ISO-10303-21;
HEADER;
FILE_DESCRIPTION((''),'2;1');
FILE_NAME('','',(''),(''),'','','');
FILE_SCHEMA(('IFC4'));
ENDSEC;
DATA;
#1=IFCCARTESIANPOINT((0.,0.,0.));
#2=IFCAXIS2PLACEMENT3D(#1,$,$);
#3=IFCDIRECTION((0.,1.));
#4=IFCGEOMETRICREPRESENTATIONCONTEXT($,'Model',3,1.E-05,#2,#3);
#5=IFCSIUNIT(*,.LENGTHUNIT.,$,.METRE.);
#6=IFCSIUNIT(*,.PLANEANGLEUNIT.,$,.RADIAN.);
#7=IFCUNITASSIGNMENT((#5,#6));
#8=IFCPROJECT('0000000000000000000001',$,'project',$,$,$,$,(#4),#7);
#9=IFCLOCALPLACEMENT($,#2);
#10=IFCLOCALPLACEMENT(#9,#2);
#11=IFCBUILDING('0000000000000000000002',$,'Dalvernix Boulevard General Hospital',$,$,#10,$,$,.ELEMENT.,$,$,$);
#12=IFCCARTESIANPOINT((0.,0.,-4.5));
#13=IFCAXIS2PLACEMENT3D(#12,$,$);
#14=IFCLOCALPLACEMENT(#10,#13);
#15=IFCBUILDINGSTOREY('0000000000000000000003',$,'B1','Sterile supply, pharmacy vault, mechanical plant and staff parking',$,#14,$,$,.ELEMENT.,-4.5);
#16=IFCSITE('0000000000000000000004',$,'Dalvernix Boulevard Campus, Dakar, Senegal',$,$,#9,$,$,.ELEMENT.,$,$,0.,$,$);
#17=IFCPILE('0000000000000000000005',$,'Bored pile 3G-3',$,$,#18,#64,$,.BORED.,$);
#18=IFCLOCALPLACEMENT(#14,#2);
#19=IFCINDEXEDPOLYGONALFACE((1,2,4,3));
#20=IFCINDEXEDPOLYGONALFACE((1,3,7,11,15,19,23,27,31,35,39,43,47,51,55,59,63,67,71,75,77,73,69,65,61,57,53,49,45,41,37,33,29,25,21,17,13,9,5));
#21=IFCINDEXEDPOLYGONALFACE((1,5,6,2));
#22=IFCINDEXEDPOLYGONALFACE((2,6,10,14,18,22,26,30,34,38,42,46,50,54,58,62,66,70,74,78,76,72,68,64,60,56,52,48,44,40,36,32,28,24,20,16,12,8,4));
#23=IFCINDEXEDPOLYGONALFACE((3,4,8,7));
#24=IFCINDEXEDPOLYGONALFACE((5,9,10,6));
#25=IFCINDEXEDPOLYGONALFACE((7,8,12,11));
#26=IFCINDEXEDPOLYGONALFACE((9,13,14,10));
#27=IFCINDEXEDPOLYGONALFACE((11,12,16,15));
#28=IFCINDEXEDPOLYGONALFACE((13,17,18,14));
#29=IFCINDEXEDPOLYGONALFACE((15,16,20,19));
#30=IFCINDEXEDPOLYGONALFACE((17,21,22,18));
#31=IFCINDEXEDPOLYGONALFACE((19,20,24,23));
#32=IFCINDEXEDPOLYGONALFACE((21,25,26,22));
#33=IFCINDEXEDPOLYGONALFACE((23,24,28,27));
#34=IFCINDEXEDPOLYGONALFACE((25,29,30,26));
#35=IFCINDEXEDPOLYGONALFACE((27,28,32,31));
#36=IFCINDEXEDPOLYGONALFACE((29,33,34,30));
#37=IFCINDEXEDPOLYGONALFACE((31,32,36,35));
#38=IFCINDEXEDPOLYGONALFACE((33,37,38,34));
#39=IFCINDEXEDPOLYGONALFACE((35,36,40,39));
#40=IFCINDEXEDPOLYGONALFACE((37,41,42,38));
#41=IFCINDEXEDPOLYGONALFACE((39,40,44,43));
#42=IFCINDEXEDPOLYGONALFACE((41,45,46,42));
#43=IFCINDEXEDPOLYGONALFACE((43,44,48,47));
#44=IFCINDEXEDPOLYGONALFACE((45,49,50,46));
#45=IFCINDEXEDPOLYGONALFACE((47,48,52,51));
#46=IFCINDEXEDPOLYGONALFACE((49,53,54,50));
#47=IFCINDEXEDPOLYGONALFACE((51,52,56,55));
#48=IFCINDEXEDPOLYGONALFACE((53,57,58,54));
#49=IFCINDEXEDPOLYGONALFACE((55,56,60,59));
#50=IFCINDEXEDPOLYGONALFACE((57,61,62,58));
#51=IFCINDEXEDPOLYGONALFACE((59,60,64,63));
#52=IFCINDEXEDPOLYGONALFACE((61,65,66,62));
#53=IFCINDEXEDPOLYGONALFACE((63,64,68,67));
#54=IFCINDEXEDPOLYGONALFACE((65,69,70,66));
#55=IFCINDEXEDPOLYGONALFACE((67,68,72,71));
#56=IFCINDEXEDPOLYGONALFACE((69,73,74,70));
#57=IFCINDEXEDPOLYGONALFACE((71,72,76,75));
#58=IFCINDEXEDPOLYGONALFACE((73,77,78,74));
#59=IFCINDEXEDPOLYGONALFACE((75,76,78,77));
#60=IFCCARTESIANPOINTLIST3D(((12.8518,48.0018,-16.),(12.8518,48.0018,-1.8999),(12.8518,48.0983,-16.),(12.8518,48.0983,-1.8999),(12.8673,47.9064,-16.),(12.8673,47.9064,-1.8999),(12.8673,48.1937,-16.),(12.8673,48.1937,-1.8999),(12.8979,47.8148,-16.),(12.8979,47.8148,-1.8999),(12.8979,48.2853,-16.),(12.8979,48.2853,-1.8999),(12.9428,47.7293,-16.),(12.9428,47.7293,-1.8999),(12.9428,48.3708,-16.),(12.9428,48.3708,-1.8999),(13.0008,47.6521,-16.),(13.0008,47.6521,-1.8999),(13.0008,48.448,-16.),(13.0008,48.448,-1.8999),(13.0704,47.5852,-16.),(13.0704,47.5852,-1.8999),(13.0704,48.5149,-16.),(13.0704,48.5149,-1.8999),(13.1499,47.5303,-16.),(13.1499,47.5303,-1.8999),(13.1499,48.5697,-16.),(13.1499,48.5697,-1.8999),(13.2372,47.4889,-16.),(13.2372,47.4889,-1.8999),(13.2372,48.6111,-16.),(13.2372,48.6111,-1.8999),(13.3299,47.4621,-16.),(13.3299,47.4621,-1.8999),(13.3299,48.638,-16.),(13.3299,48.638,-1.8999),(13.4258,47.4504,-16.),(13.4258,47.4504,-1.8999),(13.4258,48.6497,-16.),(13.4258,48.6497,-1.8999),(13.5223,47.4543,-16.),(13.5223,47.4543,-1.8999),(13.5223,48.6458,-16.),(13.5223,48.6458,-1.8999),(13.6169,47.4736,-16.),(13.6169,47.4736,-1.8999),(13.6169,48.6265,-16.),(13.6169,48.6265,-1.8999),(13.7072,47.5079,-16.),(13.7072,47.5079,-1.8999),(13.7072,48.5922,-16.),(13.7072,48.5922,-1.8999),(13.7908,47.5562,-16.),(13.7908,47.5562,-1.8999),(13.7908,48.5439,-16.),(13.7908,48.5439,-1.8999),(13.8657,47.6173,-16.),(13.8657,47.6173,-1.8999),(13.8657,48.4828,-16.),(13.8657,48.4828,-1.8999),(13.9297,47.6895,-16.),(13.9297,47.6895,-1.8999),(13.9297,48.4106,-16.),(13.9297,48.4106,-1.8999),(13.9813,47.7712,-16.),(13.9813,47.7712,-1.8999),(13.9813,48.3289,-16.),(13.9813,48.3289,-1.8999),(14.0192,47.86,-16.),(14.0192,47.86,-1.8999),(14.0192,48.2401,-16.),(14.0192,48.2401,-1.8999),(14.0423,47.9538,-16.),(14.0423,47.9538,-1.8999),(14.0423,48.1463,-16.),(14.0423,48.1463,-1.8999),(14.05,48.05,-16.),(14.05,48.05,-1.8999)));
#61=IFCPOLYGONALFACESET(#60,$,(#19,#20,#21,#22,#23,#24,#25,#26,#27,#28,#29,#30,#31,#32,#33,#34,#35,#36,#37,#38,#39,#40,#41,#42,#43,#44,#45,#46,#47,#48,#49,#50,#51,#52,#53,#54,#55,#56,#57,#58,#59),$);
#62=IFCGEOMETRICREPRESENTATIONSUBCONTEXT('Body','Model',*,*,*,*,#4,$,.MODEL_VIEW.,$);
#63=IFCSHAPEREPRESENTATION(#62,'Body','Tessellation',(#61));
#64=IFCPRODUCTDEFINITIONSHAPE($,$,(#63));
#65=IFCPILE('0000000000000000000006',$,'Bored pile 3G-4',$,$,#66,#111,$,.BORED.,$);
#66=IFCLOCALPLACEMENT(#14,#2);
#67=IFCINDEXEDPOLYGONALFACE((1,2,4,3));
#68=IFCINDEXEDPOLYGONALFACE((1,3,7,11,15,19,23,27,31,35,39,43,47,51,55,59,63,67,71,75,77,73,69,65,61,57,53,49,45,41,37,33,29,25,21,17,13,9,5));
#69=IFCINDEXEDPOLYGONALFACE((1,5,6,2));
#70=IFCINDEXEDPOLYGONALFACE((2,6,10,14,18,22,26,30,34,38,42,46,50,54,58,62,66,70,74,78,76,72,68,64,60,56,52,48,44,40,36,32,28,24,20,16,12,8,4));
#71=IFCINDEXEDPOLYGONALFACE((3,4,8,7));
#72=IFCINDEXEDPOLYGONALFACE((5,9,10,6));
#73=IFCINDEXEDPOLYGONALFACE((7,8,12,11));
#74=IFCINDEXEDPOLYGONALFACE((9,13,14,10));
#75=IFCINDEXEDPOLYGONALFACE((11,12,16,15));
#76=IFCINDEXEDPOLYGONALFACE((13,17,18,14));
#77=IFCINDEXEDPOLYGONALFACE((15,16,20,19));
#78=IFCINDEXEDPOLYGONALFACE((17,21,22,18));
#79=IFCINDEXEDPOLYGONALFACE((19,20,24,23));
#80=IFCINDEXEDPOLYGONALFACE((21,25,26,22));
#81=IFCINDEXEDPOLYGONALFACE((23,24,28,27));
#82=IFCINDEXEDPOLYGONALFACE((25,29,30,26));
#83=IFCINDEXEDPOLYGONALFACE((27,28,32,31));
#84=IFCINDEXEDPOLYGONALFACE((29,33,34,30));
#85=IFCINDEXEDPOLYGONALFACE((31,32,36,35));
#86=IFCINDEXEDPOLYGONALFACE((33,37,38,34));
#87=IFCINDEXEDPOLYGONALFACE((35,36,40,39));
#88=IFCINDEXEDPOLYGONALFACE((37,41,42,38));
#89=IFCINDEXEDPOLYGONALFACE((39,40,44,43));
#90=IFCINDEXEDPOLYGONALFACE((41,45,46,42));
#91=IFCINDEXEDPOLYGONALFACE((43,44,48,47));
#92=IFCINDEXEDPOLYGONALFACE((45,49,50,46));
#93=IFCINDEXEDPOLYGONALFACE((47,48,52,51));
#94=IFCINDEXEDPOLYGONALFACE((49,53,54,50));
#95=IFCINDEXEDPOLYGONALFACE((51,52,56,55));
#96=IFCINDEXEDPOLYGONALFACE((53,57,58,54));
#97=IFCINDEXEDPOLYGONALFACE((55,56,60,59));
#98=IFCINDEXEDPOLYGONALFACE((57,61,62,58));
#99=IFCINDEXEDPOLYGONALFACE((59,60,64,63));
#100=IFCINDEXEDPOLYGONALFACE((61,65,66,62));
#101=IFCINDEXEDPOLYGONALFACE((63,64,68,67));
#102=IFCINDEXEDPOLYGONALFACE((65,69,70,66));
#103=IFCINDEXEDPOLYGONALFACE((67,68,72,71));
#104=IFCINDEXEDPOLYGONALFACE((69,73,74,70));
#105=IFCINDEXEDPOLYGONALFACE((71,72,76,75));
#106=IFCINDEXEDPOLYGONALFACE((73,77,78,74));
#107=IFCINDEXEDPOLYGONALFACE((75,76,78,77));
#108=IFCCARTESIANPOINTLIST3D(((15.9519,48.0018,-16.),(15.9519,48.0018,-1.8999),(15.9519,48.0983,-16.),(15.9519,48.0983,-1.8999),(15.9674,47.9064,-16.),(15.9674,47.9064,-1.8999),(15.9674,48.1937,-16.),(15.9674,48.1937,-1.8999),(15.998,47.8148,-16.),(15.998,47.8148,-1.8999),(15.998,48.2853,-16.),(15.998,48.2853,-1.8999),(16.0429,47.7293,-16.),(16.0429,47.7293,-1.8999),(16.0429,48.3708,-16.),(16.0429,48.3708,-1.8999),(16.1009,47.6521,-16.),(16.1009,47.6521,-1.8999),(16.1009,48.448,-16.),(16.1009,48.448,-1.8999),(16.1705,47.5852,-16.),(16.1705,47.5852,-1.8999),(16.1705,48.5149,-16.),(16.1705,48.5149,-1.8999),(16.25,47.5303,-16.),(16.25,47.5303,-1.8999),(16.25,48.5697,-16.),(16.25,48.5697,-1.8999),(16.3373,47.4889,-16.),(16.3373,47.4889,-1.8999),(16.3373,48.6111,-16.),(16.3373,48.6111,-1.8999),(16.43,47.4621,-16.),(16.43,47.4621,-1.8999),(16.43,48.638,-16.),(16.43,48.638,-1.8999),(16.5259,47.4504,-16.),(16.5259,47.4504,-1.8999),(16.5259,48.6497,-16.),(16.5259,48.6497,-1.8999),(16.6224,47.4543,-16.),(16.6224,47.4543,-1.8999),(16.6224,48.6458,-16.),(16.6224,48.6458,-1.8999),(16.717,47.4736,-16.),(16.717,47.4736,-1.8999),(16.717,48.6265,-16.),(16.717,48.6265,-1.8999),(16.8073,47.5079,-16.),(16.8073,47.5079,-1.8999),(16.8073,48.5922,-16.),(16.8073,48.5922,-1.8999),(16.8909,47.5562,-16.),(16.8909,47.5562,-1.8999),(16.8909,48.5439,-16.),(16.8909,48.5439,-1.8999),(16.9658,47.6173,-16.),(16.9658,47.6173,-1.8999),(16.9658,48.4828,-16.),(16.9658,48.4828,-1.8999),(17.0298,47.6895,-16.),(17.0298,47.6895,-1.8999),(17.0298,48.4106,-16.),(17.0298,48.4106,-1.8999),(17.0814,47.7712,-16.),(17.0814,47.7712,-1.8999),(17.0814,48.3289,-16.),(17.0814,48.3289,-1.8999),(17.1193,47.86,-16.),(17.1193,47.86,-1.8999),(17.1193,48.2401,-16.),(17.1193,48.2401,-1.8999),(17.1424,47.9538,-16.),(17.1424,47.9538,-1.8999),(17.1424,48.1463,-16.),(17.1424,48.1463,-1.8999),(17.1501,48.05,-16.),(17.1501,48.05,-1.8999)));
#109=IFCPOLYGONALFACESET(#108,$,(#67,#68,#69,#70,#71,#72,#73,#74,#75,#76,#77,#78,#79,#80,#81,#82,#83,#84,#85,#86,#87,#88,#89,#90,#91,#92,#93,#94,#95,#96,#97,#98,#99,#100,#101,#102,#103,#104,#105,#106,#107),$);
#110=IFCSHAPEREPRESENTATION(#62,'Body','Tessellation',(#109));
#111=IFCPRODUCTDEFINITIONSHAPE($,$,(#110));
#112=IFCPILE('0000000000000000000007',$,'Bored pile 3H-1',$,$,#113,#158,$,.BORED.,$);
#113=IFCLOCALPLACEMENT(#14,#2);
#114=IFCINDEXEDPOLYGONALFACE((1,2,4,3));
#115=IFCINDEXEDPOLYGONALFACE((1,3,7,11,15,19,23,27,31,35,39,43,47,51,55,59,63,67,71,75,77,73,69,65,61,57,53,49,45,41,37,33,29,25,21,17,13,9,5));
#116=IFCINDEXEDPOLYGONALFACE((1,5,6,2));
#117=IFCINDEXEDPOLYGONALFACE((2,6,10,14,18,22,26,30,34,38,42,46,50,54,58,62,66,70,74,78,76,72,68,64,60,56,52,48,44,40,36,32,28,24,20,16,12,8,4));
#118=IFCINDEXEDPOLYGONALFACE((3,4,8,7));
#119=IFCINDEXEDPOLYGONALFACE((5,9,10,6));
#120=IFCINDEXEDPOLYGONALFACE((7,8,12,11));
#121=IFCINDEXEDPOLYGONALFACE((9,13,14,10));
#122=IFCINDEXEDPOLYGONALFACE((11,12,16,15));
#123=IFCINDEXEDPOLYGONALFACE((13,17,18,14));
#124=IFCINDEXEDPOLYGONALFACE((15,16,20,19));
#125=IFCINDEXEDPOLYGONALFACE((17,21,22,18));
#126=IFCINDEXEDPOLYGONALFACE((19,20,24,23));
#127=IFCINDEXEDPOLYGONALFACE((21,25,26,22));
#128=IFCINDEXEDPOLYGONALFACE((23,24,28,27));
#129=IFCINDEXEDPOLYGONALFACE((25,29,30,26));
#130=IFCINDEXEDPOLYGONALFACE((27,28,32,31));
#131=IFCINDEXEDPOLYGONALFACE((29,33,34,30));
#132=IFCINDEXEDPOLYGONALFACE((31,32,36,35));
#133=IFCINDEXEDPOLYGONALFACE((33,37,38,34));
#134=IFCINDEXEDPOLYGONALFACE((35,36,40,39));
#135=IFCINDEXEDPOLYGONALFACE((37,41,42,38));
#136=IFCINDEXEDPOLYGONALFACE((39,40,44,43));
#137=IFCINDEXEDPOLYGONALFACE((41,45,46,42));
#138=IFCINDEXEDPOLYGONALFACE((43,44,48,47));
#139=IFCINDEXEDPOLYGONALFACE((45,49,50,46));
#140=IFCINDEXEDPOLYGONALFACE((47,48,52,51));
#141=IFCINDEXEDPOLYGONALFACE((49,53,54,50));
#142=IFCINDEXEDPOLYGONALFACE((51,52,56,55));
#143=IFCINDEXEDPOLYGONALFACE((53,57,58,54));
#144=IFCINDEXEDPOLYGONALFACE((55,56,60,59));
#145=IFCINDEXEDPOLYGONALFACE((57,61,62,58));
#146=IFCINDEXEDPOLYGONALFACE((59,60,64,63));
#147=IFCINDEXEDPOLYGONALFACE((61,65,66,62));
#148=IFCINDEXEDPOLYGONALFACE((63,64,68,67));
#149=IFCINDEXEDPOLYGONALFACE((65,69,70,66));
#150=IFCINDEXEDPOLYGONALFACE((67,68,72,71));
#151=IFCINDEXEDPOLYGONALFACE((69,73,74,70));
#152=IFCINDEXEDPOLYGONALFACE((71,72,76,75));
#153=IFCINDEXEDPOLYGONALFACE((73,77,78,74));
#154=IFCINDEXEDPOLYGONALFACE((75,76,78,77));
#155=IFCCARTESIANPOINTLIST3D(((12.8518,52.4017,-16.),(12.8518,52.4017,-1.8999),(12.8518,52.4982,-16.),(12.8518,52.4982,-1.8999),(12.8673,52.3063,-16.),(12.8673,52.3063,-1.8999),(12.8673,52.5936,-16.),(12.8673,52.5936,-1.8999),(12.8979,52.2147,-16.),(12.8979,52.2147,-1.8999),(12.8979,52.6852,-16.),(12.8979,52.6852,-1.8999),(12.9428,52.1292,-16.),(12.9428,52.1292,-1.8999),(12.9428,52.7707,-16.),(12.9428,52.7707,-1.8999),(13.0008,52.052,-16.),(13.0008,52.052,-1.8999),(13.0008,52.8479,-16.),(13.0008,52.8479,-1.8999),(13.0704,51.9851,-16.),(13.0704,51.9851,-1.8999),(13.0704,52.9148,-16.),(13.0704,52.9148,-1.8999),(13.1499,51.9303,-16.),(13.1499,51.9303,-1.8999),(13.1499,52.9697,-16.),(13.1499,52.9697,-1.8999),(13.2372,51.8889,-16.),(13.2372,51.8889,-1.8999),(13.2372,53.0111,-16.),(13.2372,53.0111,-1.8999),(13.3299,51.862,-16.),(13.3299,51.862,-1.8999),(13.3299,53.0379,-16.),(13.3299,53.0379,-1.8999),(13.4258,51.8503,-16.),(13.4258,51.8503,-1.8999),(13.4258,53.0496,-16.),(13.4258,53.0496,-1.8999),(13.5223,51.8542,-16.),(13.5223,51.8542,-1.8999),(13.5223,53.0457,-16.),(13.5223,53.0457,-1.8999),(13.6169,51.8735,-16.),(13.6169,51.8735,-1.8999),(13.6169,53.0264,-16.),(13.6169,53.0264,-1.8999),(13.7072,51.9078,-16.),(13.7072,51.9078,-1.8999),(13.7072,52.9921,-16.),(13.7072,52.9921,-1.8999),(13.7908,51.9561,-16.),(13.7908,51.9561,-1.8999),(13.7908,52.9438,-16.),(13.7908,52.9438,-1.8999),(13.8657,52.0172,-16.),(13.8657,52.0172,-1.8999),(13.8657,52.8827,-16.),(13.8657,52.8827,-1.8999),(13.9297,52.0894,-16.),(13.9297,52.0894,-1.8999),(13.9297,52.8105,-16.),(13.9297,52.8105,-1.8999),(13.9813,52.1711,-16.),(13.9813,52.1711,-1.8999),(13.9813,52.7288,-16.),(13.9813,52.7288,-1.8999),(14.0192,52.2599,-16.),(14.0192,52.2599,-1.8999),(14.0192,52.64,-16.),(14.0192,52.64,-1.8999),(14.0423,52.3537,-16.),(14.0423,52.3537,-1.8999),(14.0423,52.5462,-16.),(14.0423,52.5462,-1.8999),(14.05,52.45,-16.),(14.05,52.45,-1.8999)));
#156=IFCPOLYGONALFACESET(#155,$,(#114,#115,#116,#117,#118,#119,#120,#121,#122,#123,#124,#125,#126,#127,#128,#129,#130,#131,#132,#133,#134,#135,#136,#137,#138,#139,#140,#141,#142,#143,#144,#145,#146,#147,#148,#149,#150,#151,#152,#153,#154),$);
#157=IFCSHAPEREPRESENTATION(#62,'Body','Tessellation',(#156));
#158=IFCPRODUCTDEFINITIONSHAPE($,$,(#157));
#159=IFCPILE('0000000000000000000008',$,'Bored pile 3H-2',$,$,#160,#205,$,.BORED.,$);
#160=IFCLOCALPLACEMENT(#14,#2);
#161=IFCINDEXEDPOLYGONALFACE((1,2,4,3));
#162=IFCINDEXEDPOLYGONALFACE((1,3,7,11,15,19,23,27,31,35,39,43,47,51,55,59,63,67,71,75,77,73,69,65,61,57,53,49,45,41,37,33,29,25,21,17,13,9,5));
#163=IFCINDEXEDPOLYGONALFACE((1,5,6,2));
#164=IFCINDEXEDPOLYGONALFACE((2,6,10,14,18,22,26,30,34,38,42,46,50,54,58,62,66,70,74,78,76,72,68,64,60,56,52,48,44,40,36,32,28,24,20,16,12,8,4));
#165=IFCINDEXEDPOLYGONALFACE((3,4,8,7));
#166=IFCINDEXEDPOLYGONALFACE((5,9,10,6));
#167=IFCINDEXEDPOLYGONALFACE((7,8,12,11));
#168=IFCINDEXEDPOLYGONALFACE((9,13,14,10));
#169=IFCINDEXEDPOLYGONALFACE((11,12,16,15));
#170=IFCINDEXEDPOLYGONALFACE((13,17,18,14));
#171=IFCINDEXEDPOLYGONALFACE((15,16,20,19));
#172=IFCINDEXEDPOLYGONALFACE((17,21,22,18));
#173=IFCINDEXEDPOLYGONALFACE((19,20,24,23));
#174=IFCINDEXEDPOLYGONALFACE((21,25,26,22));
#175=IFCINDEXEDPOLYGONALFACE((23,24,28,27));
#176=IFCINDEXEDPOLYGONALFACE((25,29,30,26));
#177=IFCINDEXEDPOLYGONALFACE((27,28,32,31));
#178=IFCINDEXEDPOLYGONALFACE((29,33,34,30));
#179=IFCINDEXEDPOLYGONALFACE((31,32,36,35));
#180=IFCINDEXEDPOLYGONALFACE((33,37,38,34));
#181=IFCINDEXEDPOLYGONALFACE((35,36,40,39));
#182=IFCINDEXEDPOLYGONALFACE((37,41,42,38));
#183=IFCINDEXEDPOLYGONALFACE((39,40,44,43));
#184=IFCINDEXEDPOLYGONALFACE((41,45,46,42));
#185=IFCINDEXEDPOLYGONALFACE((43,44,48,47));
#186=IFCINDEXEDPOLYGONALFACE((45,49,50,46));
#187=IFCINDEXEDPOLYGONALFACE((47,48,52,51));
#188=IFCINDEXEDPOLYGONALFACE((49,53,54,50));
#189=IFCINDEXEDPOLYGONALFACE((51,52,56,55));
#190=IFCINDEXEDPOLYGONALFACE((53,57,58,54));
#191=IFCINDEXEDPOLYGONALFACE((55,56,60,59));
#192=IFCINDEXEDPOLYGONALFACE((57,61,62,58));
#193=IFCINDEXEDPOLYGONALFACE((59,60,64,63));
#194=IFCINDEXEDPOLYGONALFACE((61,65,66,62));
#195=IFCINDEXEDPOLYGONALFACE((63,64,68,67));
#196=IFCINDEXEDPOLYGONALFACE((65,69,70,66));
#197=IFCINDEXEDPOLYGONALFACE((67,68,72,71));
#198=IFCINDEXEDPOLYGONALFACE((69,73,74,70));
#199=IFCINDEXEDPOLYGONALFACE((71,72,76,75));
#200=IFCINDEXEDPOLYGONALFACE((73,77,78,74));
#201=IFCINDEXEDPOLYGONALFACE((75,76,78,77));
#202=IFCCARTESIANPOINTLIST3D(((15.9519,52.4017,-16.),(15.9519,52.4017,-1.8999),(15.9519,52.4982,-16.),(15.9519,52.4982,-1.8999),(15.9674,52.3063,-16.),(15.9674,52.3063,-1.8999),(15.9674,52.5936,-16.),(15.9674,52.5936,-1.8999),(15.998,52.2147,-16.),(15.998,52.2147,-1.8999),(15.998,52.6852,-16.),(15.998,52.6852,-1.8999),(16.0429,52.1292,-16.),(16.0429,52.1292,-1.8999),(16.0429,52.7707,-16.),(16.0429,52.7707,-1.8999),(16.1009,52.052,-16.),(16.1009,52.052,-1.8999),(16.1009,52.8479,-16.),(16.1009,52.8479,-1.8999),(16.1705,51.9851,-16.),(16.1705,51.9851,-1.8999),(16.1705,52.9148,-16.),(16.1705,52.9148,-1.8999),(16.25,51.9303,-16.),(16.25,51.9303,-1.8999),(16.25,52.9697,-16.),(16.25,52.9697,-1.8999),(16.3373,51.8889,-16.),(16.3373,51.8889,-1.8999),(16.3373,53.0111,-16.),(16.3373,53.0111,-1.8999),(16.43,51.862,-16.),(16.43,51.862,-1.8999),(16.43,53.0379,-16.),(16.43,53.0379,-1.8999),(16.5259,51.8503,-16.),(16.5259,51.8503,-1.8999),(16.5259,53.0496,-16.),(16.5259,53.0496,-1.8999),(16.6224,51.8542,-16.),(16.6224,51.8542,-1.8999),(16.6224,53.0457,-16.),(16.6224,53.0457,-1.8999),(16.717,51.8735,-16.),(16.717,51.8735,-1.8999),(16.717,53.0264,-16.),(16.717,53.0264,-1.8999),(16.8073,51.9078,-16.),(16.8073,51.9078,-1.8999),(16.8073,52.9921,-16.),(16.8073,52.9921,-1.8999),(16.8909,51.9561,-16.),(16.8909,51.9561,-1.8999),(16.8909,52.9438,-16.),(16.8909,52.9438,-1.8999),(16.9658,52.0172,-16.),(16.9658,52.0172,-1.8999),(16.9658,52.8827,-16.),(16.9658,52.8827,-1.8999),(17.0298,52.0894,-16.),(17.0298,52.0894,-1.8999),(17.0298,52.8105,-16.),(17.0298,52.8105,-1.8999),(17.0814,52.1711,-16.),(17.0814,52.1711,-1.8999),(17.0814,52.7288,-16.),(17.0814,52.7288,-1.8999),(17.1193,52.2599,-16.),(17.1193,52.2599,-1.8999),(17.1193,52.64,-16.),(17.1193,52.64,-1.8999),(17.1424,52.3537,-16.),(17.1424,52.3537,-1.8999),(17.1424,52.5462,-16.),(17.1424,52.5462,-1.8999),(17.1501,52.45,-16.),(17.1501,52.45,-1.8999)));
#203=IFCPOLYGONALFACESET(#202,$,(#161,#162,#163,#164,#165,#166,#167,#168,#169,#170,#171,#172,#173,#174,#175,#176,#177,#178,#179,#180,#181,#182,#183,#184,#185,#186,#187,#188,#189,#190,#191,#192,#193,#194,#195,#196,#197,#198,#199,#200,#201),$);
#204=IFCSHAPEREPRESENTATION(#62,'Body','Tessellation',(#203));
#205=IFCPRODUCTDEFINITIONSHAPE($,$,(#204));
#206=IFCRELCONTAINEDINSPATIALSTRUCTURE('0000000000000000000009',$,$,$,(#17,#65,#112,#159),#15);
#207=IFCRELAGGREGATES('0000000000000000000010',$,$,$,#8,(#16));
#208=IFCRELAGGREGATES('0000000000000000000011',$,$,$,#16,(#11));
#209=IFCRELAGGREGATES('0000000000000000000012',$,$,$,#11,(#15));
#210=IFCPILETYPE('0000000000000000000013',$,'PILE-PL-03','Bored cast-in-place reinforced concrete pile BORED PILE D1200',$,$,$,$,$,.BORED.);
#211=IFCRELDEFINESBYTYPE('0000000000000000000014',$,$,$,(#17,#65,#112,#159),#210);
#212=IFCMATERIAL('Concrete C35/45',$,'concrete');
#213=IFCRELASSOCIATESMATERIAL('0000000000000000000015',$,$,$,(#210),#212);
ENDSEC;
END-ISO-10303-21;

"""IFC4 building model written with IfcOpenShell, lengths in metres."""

from ifc_helpers import new_model, si_unit, direction, frame, origin, origin_2d, place, context, subcontext, project, spatial, circle, extrude, material, material_profile, profile_set, type_object, element, save


model = new_model("IFC4")

# Units and contexts
model_context = context("Model", 3, precision=1e-05, world=origin(), true_north=direction((0.0, 1.0)))
body_context = subcontext(model_context, "Body", "Model", "MODEL_VIEW")
ifc_project = project(units=[si_unit("LENGTHUNIT", "METRE"), si_unit("PLANEANGLEUNIT", "RADIAN")], contexts=[model_context])

# Site, building, storey
site_placement = place(None, origin())
site = spatial("IfcSite", under=ifc_project, at=site_placement, Name="Dalvernix Boulevard Campus, Dakar, Senegal", CompositionType="ELEMENT", RefElevation=0.0)
building_placement = place(site_placement, origin())
building = spatial("IfcBuilding", under=site, at=building_placement, Name="Dalvernix Boulevard General Hospital", CompositionType="ELEMENT")
storey_placement = place(building_placement, frame((0.0, 0.0, -4.5)))
storey = spatial("IfcBuildingStorey", under=building, at=storey_placement, Name="B1", Description="Sterile supply, pharmacy vault, mechanical plant and staff parking", CompositionType="ELEMENT", Elevation=-4.5)

# Shared definitions
ifc_material_1 = material(Name="Concrete C35/45", Category="concrete")

# Piles
ifc_material_profile_1 = material_profile(ifc_material_1, circle(Radius=0.6001, at=origin_2d()), Name="BORED PILE D1200")
ifc_profile_set_1 = profile_set([ifc_material_profile_1], Name="Concrete C35/45")
pile_type = type_object("IfcPileType", Name="PILE-PL-03", Description="Bored cast-in-place reinforced concrete pile BORED PILE D1200", PredefinedType="BORED", material=ifc_profile_set_1)
for number, where, z_axis, x_axis, name in (
    (1, (13.45, 48.05, -1.8999), (0.0, 0.0, -1.0), (1.0, 0.0, 0.0), "Bored pile 3G-3"),
    (2, (16.55, 48.05, -1.8999), (0.0, 0.0, -1.0), (1.0, 0.0, 0.0), "Bored pile 3G-4"),
    (3, (13.45, 52.45, -1.8999), (0.0, 0.0, -1.0), (1.0, 0.0, 0.0), "Bored pile 3H-1"),
    (4, (16.55, 52.45, -1.8999), (0.0, 0.0, -1.0), (1.0, 0.0, 0.0), "Bored pile 3H-2"),
):
    element("IfcPile", number, at=place(storey_placement, frame(where, z_axis=z_axis, x_axis=x_axis)), inside=storey, type_object=pile_type, Name=name, PredefinedType="BORED", context=body_context, shape_type="SweptSolid", body=[
        extrude(circle(Radius=0.6001, at=origin_2d()), origin(), (0.0, 0.0, 1.0), 14.1001),
    ])

save(model, "model.ifc")
